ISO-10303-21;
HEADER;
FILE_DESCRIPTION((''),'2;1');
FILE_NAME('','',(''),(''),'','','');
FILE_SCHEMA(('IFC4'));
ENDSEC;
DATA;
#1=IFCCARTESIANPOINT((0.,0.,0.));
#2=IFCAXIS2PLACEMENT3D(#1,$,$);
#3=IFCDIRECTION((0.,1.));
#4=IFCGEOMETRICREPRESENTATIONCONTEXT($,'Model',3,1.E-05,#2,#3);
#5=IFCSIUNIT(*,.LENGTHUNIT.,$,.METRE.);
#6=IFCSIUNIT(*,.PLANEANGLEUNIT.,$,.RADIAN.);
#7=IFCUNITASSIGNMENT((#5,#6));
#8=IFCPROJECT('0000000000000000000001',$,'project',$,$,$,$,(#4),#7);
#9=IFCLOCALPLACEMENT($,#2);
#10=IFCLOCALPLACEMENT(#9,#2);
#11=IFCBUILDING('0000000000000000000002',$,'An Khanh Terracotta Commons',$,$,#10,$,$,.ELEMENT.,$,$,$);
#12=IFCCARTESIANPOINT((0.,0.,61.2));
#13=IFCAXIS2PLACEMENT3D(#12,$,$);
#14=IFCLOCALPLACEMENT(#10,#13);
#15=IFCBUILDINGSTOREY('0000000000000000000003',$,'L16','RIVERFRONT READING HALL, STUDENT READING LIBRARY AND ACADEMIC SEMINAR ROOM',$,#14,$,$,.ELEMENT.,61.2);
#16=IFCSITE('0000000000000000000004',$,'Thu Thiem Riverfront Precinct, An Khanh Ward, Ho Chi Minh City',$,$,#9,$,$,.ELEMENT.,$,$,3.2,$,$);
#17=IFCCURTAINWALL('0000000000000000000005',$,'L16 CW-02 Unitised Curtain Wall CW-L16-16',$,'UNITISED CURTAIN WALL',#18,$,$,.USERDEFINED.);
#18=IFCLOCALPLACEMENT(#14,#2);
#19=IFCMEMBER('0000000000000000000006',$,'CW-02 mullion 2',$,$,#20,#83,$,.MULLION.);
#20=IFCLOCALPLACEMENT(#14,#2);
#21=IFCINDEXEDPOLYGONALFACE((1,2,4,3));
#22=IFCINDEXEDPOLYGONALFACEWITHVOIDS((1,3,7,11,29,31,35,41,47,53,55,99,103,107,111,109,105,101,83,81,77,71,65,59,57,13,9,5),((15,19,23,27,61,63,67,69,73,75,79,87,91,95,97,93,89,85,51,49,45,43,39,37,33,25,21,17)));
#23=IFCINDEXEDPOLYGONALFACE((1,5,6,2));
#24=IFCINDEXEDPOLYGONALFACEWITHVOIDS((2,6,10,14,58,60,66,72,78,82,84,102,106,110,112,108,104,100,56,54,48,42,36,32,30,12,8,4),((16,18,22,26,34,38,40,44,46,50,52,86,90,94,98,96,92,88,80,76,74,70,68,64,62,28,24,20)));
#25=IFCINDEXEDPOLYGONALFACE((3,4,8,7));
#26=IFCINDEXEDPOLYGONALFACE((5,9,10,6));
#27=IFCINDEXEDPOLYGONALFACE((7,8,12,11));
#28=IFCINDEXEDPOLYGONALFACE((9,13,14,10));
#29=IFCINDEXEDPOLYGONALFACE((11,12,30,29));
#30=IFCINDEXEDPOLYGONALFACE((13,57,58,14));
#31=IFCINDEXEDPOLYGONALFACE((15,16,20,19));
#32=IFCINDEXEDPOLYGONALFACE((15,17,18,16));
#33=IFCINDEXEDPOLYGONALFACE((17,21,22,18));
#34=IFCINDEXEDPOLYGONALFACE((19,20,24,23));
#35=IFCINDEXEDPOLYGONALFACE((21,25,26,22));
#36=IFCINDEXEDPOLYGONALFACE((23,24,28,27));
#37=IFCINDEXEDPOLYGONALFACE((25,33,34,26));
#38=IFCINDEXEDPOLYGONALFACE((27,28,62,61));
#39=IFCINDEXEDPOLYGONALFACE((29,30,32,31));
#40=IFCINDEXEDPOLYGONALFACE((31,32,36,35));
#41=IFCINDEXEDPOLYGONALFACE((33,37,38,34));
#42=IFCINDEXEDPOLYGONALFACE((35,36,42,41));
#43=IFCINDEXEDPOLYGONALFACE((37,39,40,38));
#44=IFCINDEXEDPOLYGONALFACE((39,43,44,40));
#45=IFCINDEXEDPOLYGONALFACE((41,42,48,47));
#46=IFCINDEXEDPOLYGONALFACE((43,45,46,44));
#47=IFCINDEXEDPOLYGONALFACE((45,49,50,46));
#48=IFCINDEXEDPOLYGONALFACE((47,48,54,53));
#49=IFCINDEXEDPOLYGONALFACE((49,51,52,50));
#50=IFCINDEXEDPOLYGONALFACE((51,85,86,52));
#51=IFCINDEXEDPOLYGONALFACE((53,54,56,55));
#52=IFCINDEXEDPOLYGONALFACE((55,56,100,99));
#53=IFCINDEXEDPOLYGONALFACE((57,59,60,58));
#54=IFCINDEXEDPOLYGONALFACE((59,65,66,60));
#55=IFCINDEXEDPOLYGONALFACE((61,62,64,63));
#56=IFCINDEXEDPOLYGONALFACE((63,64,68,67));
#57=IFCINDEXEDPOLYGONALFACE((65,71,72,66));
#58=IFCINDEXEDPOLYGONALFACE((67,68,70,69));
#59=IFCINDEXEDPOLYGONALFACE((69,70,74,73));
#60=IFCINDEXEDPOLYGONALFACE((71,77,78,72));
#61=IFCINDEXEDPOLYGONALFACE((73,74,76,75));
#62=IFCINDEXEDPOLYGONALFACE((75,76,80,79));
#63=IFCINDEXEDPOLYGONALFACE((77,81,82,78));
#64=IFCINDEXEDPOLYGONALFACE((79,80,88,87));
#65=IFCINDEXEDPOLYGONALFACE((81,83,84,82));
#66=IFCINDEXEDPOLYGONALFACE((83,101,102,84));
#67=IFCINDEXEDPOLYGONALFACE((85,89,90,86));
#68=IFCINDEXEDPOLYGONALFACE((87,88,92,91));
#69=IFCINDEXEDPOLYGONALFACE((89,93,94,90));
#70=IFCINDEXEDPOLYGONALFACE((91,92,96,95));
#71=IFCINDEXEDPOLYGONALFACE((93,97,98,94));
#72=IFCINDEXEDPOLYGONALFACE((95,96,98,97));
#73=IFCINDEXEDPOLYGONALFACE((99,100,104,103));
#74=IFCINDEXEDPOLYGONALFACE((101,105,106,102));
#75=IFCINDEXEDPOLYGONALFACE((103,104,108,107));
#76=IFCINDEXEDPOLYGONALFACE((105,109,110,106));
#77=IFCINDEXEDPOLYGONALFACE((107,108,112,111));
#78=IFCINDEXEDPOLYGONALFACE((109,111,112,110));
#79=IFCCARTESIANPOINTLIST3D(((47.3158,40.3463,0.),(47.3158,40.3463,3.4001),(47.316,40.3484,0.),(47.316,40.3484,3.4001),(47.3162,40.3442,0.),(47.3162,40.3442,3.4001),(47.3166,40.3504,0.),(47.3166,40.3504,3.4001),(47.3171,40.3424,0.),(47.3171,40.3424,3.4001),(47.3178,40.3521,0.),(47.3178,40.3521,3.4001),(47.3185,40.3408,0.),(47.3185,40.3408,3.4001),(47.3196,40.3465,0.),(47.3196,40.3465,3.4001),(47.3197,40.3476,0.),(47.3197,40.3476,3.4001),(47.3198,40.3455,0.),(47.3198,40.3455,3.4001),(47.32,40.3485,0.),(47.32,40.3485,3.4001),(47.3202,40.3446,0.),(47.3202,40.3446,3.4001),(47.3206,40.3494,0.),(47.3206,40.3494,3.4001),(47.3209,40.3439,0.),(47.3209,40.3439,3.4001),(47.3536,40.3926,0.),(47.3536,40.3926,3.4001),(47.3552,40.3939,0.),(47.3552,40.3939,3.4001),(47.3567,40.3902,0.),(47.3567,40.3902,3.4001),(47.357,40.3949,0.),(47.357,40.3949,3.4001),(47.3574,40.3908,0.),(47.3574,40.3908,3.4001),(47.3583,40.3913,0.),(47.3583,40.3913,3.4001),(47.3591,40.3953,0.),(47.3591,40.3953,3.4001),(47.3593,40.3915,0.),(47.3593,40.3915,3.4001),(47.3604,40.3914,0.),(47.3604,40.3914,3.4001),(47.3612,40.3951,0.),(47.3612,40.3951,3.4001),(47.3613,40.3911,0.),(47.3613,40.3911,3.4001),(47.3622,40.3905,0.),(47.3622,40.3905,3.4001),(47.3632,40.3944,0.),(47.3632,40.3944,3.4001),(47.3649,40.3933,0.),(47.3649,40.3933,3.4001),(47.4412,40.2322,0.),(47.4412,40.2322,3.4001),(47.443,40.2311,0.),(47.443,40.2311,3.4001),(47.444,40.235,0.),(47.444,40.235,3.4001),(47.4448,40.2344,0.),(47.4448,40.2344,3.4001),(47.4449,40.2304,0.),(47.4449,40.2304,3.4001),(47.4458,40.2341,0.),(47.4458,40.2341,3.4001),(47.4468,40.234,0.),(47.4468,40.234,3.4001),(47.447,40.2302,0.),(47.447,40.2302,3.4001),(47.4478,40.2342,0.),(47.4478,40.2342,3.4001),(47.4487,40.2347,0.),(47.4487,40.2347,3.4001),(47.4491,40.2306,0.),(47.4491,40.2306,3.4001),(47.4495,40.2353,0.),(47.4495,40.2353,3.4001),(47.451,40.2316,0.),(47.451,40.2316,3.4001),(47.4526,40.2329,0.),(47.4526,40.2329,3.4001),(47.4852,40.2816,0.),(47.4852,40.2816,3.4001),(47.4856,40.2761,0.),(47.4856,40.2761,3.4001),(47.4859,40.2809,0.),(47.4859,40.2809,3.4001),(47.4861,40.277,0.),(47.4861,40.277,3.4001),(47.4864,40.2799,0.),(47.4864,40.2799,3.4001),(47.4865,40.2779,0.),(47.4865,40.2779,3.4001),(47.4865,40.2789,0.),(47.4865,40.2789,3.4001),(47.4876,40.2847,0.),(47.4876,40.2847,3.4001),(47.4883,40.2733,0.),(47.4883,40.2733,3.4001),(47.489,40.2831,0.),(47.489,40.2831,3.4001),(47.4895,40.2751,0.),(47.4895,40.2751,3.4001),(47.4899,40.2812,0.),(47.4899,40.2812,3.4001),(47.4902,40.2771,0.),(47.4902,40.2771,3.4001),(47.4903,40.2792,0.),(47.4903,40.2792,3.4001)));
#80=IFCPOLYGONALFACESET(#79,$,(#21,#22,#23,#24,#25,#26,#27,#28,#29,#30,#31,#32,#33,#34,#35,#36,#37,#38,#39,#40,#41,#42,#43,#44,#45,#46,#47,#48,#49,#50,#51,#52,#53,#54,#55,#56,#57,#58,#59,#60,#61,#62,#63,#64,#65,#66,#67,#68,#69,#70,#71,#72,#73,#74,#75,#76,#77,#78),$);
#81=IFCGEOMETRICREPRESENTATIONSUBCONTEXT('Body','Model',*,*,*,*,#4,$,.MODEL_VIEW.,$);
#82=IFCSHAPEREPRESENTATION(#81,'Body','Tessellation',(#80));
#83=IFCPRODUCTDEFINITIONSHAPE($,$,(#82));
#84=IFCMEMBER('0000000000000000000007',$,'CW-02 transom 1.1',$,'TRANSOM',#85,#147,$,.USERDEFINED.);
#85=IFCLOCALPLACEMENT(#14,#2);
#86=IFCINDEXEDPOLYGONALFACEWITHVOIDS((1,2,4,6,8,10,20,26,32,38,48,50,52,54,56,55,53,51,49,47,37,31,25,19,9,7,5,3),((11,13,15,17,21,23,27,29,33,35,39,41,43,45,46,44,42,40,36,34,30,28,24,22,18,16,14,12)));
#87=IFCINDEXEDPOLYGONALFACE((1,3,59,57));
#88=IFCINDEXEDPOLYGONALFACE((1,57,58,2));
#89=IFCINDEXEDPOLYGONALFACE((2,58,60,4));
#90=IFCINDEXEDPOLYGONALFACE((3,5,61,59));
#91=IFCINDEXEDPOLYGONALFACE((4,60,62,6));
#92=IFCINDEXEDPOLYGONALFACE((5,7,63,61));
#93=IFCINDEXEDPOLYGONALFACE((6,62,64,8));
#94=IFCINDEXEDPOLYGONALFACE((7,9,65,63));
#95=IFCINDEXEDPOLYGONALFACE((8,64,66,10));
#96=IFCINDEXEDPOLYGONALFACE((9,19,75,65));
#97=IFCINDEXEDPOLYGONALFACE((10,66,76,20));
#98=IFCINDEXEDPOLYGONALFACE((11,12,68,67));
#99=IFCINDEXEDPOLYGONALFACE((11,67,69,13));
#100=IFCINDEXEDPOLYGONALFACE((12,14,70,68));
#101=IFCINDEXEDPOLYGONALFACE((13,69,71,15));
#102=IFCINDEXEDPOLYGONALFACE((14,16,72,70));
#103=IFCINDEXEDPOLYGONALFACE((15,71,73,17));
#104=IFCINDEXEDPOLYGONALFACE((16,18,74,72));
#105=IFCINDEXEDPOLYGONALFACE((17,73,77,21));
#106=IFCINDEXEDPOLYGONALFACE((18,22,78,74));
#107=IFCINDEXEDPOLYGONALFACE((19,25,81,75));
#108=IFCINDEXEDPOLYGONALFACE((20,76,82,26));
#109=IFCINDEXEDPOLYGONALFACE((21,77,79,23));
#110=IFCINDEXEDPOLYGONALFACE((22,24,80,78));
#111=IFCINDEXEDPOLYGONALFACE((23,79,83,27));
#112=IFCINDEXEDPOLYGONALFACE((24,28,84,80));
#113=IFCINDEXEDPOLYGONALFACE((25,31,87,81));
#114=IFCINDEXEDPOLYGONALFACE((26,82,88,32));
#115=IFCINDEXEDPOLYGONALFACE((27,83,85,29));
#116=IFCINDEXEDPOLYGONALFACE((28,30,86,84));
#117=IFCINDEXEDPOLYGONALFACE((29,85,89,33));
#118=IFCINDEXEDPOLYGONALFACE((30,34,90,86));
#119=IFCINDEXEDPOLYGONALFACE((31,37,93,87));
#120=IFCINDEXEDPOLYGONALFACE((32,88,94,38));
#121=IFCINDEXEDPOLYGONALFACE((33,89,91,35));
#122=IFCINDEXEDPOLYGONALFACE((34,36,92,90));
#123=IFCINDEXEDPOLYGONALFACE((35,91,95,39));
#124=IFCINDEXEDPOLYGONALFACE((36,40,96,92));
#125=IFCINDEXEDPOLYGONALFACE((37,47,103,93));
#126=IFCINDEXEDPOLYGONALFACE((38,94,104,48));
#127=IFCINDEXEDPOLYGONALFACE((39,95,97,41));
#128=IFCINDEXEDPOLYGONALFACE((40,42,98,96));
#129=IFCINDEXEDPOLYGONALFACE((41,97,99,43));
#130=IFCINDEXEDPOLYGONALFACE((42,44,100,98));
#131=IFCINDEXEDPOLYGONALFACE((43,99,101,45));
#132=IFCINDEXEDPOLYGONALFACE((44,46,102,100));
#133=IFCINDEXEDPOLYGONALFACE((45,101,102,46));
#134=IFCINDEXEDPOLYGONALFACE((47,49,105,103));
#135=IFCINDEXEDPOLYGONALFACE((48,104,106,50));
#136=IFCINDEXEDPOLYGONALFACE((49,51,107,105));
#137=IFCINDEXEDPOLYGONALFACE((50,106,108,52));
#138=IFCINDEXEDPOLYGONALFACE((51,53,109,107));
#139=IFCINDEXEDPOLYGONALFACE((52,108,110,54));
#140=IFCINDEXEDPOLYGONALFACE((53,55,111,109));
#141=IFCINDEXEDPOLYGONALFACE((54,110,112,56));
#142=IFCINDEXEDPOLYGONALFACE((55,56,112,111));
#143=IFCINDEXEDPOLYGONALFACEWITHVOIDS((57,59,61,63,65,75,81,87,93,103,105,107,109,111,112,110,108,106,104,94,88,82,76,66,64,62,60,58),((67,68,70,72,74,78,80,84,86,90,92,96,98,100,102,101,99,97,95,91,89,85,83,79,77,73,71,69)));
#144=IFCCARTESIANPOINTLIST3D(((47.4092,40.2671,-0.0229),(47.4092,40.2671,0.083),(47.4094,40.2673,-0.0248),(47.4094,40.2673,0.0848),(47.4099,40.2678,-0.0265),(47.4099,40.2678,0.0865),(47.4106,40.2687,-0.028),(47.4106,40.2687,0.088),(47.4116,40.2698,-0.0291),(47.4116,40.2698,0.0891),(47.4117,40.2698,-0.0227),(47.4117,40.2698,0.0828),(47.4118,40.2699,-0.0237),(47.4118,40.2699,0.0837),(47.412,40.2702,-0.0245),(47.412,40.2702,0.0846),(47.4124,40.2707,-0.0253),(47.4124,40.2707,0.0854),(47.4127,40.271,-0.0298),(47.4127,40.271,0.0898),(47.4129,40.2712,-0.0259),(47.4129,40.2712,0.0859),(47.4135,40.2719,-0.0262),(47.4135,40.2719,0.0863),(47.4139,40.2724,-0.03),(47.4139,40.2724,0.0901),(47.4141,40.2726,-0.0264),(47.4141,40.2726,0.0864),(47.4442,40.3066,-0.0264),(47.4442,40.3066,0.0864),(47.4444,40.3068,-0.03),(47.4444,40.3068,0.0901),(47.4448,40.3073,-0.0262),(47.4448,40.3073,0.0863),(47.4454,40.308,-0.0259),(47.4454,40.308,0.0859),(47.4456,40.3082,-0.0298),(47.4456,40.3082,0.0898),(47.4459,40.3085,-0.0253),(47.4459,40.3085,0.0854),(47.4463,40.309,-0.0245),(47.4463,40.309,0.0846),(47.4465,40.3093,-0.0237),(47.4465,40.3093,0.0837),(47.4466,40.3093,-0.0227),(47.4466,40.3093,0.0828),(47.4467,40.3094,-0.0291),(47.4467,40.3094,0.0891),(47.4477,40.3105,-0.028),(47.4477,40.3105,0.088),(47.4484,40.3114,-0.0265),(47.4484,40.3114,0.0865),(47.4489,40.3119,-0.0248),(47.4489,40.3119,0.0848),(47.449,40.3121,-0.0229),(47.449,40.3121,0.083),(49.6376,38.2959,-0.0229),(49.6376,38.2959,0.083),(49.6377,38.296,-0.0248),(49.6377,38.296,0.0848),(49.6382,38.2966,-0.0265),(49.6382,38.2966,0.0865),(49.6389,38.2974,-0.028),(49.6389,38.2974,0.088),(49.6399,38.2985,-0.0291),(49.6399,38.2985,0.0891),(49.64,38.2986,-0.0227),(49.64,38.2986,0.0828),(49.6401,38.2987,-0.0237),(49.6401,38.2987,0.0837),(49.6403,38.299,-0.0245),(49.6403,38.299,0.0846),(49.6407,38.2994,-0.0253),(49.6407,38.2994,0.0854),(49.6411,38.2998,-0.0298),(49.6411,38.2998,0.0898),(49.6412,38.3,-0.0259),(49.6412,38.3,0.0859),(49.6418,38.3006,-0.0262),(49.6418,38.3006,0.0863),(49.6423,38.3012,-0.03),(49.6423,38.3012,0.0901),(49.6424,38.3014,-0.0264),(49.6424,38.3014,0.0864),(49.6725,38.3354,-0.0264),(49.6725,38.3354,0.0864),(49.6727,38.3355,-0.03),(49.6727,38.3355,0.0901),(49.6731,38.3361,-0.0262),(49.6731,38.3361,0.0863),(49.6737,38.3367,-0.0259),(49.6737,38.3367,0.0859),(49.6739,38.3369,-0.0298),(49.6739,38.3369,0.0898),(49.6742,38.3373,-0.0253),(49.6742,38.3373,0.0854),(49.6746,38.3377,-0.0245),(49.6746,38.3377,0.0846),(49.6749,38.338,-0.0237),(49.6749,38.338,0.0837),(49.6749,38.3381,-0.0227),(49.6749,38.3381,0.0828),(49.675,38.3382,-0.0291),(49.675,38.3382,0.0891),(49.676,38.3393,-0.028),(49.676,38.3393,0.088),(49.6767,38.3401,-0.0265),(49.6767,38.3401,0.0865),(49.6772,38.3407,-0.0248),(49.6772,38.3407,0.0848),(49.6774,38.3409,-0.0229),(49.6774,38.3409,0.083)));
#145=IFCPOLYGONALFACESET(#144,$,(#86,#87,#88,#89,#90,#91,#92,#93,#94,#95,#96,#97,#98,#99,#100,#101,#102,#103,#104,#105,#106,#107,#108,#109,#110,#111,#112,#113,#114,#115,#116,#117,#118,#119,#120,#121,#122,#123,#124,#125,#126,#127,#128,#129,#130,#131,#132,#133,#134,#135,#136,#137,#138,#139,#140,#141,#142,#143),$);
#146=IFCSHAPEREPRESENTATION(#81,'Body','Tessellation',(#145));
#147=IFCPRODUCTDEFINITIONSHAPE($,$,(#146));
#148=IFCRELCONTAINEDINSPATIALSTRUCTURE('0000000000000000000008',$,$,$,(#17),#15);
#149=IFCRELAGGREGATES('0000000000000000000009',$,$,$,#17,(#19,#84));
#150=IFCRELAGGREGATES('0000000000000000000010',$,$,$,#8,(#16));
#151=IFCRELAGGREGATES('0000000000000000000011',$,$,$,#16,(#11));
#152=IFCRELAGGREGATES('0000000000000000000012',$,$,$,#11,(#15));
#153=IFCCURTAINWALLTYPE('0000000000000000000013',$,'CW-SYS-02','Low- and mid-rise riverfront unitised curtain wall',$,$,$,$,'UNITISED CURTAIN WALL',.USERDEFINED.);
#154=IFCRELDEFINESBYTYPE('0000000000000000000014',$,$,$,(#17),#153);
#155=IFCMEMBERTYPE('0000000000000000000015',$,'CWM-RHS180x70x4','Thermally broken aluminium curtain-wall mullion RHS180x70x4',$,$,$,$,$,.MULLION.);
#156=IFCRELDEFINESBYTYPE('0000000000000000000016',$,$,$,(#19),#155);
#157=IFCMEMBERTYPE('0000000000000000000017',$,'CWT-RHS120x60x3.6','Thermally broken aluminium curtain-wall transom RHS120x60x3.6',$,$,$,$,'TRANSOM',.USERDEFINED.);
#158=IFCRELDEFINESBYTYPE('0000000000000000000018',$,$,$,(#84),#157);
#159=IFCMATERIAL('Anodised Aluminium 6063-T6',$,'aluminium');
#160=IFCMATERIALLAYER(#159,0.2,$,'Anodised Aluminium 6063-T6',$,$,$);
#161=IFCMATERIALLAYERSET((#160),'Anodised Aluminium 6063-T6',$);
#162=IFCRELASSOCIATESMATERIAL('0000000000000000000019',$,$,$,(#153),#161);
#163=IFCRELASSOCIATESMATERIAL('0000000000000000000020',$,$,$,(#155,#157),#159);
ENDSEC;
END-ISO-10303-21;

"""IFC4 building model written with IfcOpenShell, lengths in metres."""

from ifc_helpers import new_model, si_unit, direction, frame, origin, origin_2d, place, context, subcontext, project, spatial, hollow_rectangle, extrude, material, layer, layer_set, material_profile, profile_set, type_object, element, aggregate, save


model = new_model("IFC4")

# Units and contexts
model_context = context("Model", 3, precision=1e-05, world=origin(), true_north=direction((0.0, 1.0)))
body_context = subcontext(model_context, "Body", "Model", "MODEL_VIEW")
ifc_project = project(units=[si_unit("LENGTHUNIT", "METRE"), si_unit("PLANEANGLEUNIT", "RADIAN")], contexts=[model_context])

# Site, building, storey
site_placement = place(None, origin())
site = spatial("IfcSite", under=ifc_project, at=site_placement, Name="Thu Thiem Riverfront Precinct, An Khanh Ward, Ho Chi Minh City", CompositionType="ELEMENT", RefElevation=3.2)
building_placement = place(site_placement, origin())
building = spatial("IfcBuilding", under=site, at=building_placement, Name="An Khanh Terracotta Commons", CompositionType="ELEMENT")
storey_placement = place(building_placement, frame((0.0, 0.0, 61.2)))
storey = spatial("IfcBuildingStorey", under=building, at=storey_placement, Name="L16", Description="RIVERFRONT READING HALL, STUDENT READING LIBRARY AND ACADEMIC SEMINAR ROOM", CompositionType="ELEMENT", Elevation=61.2)

# Shared definitions
ifc_material_1 = material(Name="Anodised Aluminium 6063-T6", Category="aluminium")
ifc_layer_1 = layer(ifc_material_1, 0.2, Name="Anodised Aluminium 6063-T6")
ifc_layer_set_1 = layer_set([ifc_layer_1], Name="Anodised Aluminium 6063-T6")
curtain_wall_type = type_object("IfcCurtainWallType", Name="CW-SYS-02", Description="Low- and mid-rise riverfront unitised curtain wall", ElementType="UNITISED CURTAIN WALL", PredefinedType="USERDEFINED", material=ifc_layer_set_1)
ifc_material_profile_1 = material_profile(ifc_material_1, hollow_rectangle(XDim=0.0701, YDim=0.1799, WallThickness=0.0039, InnerFilletRadius=0.0039, OuterFilletRadius=0.0081, at=origin_2d()), Name="RHS180x70x4")
ifc_profile_set_1 = profile_set([ifc_material_profile_1], Name="Anodised Aluminium 6063-T6")
member_type_1 = type_object("IfcMemberType", Name="CWM-RHS180x70x4", Description="Thermally broken aluminium curtain-wall mullion RHS180x70x4", PredefinedType="MULLION", material=ifc_profile_set_1)

# Curtain wall, members
curtain_wall_1_placement = place(storey_placement, origin())
curtain_wall_1 = element("IfcCurtainWall", 1, at=curtain_wall_1_placement, inside=storey, type_object=curtain_wall_type, Name="L16 CW-02 Unitised Curtain Wall CW-L16-16", ObjectType="UNITISED CURTAIN WALL", PredefinedType="USERDEFINED")
member_1_placement = place(storey_placement, frame((47.4031, 40.3127, 0.0), z_axis=(0.0, 0.0, 1.0), x_axis=(-0.662548, -0.749019, 0.0)))
member_1 = element("IfcMember", 2, at=member_1_placement, type_object=member_type_1, Name="CW-02 mullion 2", PredefinedType="MULLION", context=body_context, shape_type="SweptSolid", body=[
    extrude(hollow_rectangle(XDim=0.0701, YDim=0.1799, WallThickness=0.0039, InnerFilletRadius=0.0039, OuterFilletRadius=0.0081, at=origin_2d()), origin(), (0.0, 0.0, 1.0), 3.4001),
])
ifc_material_profile_2 = material_profile(ifc_material_1, hollow_rectangle(XDim=0.0601, YDim=0.1201, WallThickness=0.0037, InnerFilletRadius=0.0037, OuterFilletRadius=0.0071, at=origin_2d()), Name="RHS120x60x3.6")
ifc_profile_set_2 = profile_set([ifc_material_profile_2], Name="Anodised Aluminium 6063-T6")
member_type_2 = type_object("IfcMemberType", Name="CWT-RHS120x60x3.6", Description="Thermally broken aluminium curtain-wall transom RHS120x60x3.6", ElementType="TRANSOM", PredefinedType="USERDEFINED", material=ifc_profile_set_2)
member_2_placement = place(storey_placement, frame((49.6575, 38.3184, 0.03), z_axis=(-0.748992, 0.662579, 0.0), x_axis=(-0.662579, -0.748992, 0.0)))
member_2 = element("IfcMember", 3, at=member_2_placement, type_object=member_type_2, Name="CW-02 transom 1.1", ObjectType="TRANSOM", PredefinedType="USERDEFINED", context=body_context, shape_type="SweptSolid", body=[
    extrude(hollow_rectangle(XDim=0.0601, YDim=0.1201, WallThickness=0.0037, InnerFilletRadius=0.0037, OuterFilletRadius=0.0071, at=origin_2d()), origin(), (0.0, 0.0, 1.0), 2.9751),
])
aggregate(curtain_wall_1, [member_1, member_2])

save(model, "model.ifc")
